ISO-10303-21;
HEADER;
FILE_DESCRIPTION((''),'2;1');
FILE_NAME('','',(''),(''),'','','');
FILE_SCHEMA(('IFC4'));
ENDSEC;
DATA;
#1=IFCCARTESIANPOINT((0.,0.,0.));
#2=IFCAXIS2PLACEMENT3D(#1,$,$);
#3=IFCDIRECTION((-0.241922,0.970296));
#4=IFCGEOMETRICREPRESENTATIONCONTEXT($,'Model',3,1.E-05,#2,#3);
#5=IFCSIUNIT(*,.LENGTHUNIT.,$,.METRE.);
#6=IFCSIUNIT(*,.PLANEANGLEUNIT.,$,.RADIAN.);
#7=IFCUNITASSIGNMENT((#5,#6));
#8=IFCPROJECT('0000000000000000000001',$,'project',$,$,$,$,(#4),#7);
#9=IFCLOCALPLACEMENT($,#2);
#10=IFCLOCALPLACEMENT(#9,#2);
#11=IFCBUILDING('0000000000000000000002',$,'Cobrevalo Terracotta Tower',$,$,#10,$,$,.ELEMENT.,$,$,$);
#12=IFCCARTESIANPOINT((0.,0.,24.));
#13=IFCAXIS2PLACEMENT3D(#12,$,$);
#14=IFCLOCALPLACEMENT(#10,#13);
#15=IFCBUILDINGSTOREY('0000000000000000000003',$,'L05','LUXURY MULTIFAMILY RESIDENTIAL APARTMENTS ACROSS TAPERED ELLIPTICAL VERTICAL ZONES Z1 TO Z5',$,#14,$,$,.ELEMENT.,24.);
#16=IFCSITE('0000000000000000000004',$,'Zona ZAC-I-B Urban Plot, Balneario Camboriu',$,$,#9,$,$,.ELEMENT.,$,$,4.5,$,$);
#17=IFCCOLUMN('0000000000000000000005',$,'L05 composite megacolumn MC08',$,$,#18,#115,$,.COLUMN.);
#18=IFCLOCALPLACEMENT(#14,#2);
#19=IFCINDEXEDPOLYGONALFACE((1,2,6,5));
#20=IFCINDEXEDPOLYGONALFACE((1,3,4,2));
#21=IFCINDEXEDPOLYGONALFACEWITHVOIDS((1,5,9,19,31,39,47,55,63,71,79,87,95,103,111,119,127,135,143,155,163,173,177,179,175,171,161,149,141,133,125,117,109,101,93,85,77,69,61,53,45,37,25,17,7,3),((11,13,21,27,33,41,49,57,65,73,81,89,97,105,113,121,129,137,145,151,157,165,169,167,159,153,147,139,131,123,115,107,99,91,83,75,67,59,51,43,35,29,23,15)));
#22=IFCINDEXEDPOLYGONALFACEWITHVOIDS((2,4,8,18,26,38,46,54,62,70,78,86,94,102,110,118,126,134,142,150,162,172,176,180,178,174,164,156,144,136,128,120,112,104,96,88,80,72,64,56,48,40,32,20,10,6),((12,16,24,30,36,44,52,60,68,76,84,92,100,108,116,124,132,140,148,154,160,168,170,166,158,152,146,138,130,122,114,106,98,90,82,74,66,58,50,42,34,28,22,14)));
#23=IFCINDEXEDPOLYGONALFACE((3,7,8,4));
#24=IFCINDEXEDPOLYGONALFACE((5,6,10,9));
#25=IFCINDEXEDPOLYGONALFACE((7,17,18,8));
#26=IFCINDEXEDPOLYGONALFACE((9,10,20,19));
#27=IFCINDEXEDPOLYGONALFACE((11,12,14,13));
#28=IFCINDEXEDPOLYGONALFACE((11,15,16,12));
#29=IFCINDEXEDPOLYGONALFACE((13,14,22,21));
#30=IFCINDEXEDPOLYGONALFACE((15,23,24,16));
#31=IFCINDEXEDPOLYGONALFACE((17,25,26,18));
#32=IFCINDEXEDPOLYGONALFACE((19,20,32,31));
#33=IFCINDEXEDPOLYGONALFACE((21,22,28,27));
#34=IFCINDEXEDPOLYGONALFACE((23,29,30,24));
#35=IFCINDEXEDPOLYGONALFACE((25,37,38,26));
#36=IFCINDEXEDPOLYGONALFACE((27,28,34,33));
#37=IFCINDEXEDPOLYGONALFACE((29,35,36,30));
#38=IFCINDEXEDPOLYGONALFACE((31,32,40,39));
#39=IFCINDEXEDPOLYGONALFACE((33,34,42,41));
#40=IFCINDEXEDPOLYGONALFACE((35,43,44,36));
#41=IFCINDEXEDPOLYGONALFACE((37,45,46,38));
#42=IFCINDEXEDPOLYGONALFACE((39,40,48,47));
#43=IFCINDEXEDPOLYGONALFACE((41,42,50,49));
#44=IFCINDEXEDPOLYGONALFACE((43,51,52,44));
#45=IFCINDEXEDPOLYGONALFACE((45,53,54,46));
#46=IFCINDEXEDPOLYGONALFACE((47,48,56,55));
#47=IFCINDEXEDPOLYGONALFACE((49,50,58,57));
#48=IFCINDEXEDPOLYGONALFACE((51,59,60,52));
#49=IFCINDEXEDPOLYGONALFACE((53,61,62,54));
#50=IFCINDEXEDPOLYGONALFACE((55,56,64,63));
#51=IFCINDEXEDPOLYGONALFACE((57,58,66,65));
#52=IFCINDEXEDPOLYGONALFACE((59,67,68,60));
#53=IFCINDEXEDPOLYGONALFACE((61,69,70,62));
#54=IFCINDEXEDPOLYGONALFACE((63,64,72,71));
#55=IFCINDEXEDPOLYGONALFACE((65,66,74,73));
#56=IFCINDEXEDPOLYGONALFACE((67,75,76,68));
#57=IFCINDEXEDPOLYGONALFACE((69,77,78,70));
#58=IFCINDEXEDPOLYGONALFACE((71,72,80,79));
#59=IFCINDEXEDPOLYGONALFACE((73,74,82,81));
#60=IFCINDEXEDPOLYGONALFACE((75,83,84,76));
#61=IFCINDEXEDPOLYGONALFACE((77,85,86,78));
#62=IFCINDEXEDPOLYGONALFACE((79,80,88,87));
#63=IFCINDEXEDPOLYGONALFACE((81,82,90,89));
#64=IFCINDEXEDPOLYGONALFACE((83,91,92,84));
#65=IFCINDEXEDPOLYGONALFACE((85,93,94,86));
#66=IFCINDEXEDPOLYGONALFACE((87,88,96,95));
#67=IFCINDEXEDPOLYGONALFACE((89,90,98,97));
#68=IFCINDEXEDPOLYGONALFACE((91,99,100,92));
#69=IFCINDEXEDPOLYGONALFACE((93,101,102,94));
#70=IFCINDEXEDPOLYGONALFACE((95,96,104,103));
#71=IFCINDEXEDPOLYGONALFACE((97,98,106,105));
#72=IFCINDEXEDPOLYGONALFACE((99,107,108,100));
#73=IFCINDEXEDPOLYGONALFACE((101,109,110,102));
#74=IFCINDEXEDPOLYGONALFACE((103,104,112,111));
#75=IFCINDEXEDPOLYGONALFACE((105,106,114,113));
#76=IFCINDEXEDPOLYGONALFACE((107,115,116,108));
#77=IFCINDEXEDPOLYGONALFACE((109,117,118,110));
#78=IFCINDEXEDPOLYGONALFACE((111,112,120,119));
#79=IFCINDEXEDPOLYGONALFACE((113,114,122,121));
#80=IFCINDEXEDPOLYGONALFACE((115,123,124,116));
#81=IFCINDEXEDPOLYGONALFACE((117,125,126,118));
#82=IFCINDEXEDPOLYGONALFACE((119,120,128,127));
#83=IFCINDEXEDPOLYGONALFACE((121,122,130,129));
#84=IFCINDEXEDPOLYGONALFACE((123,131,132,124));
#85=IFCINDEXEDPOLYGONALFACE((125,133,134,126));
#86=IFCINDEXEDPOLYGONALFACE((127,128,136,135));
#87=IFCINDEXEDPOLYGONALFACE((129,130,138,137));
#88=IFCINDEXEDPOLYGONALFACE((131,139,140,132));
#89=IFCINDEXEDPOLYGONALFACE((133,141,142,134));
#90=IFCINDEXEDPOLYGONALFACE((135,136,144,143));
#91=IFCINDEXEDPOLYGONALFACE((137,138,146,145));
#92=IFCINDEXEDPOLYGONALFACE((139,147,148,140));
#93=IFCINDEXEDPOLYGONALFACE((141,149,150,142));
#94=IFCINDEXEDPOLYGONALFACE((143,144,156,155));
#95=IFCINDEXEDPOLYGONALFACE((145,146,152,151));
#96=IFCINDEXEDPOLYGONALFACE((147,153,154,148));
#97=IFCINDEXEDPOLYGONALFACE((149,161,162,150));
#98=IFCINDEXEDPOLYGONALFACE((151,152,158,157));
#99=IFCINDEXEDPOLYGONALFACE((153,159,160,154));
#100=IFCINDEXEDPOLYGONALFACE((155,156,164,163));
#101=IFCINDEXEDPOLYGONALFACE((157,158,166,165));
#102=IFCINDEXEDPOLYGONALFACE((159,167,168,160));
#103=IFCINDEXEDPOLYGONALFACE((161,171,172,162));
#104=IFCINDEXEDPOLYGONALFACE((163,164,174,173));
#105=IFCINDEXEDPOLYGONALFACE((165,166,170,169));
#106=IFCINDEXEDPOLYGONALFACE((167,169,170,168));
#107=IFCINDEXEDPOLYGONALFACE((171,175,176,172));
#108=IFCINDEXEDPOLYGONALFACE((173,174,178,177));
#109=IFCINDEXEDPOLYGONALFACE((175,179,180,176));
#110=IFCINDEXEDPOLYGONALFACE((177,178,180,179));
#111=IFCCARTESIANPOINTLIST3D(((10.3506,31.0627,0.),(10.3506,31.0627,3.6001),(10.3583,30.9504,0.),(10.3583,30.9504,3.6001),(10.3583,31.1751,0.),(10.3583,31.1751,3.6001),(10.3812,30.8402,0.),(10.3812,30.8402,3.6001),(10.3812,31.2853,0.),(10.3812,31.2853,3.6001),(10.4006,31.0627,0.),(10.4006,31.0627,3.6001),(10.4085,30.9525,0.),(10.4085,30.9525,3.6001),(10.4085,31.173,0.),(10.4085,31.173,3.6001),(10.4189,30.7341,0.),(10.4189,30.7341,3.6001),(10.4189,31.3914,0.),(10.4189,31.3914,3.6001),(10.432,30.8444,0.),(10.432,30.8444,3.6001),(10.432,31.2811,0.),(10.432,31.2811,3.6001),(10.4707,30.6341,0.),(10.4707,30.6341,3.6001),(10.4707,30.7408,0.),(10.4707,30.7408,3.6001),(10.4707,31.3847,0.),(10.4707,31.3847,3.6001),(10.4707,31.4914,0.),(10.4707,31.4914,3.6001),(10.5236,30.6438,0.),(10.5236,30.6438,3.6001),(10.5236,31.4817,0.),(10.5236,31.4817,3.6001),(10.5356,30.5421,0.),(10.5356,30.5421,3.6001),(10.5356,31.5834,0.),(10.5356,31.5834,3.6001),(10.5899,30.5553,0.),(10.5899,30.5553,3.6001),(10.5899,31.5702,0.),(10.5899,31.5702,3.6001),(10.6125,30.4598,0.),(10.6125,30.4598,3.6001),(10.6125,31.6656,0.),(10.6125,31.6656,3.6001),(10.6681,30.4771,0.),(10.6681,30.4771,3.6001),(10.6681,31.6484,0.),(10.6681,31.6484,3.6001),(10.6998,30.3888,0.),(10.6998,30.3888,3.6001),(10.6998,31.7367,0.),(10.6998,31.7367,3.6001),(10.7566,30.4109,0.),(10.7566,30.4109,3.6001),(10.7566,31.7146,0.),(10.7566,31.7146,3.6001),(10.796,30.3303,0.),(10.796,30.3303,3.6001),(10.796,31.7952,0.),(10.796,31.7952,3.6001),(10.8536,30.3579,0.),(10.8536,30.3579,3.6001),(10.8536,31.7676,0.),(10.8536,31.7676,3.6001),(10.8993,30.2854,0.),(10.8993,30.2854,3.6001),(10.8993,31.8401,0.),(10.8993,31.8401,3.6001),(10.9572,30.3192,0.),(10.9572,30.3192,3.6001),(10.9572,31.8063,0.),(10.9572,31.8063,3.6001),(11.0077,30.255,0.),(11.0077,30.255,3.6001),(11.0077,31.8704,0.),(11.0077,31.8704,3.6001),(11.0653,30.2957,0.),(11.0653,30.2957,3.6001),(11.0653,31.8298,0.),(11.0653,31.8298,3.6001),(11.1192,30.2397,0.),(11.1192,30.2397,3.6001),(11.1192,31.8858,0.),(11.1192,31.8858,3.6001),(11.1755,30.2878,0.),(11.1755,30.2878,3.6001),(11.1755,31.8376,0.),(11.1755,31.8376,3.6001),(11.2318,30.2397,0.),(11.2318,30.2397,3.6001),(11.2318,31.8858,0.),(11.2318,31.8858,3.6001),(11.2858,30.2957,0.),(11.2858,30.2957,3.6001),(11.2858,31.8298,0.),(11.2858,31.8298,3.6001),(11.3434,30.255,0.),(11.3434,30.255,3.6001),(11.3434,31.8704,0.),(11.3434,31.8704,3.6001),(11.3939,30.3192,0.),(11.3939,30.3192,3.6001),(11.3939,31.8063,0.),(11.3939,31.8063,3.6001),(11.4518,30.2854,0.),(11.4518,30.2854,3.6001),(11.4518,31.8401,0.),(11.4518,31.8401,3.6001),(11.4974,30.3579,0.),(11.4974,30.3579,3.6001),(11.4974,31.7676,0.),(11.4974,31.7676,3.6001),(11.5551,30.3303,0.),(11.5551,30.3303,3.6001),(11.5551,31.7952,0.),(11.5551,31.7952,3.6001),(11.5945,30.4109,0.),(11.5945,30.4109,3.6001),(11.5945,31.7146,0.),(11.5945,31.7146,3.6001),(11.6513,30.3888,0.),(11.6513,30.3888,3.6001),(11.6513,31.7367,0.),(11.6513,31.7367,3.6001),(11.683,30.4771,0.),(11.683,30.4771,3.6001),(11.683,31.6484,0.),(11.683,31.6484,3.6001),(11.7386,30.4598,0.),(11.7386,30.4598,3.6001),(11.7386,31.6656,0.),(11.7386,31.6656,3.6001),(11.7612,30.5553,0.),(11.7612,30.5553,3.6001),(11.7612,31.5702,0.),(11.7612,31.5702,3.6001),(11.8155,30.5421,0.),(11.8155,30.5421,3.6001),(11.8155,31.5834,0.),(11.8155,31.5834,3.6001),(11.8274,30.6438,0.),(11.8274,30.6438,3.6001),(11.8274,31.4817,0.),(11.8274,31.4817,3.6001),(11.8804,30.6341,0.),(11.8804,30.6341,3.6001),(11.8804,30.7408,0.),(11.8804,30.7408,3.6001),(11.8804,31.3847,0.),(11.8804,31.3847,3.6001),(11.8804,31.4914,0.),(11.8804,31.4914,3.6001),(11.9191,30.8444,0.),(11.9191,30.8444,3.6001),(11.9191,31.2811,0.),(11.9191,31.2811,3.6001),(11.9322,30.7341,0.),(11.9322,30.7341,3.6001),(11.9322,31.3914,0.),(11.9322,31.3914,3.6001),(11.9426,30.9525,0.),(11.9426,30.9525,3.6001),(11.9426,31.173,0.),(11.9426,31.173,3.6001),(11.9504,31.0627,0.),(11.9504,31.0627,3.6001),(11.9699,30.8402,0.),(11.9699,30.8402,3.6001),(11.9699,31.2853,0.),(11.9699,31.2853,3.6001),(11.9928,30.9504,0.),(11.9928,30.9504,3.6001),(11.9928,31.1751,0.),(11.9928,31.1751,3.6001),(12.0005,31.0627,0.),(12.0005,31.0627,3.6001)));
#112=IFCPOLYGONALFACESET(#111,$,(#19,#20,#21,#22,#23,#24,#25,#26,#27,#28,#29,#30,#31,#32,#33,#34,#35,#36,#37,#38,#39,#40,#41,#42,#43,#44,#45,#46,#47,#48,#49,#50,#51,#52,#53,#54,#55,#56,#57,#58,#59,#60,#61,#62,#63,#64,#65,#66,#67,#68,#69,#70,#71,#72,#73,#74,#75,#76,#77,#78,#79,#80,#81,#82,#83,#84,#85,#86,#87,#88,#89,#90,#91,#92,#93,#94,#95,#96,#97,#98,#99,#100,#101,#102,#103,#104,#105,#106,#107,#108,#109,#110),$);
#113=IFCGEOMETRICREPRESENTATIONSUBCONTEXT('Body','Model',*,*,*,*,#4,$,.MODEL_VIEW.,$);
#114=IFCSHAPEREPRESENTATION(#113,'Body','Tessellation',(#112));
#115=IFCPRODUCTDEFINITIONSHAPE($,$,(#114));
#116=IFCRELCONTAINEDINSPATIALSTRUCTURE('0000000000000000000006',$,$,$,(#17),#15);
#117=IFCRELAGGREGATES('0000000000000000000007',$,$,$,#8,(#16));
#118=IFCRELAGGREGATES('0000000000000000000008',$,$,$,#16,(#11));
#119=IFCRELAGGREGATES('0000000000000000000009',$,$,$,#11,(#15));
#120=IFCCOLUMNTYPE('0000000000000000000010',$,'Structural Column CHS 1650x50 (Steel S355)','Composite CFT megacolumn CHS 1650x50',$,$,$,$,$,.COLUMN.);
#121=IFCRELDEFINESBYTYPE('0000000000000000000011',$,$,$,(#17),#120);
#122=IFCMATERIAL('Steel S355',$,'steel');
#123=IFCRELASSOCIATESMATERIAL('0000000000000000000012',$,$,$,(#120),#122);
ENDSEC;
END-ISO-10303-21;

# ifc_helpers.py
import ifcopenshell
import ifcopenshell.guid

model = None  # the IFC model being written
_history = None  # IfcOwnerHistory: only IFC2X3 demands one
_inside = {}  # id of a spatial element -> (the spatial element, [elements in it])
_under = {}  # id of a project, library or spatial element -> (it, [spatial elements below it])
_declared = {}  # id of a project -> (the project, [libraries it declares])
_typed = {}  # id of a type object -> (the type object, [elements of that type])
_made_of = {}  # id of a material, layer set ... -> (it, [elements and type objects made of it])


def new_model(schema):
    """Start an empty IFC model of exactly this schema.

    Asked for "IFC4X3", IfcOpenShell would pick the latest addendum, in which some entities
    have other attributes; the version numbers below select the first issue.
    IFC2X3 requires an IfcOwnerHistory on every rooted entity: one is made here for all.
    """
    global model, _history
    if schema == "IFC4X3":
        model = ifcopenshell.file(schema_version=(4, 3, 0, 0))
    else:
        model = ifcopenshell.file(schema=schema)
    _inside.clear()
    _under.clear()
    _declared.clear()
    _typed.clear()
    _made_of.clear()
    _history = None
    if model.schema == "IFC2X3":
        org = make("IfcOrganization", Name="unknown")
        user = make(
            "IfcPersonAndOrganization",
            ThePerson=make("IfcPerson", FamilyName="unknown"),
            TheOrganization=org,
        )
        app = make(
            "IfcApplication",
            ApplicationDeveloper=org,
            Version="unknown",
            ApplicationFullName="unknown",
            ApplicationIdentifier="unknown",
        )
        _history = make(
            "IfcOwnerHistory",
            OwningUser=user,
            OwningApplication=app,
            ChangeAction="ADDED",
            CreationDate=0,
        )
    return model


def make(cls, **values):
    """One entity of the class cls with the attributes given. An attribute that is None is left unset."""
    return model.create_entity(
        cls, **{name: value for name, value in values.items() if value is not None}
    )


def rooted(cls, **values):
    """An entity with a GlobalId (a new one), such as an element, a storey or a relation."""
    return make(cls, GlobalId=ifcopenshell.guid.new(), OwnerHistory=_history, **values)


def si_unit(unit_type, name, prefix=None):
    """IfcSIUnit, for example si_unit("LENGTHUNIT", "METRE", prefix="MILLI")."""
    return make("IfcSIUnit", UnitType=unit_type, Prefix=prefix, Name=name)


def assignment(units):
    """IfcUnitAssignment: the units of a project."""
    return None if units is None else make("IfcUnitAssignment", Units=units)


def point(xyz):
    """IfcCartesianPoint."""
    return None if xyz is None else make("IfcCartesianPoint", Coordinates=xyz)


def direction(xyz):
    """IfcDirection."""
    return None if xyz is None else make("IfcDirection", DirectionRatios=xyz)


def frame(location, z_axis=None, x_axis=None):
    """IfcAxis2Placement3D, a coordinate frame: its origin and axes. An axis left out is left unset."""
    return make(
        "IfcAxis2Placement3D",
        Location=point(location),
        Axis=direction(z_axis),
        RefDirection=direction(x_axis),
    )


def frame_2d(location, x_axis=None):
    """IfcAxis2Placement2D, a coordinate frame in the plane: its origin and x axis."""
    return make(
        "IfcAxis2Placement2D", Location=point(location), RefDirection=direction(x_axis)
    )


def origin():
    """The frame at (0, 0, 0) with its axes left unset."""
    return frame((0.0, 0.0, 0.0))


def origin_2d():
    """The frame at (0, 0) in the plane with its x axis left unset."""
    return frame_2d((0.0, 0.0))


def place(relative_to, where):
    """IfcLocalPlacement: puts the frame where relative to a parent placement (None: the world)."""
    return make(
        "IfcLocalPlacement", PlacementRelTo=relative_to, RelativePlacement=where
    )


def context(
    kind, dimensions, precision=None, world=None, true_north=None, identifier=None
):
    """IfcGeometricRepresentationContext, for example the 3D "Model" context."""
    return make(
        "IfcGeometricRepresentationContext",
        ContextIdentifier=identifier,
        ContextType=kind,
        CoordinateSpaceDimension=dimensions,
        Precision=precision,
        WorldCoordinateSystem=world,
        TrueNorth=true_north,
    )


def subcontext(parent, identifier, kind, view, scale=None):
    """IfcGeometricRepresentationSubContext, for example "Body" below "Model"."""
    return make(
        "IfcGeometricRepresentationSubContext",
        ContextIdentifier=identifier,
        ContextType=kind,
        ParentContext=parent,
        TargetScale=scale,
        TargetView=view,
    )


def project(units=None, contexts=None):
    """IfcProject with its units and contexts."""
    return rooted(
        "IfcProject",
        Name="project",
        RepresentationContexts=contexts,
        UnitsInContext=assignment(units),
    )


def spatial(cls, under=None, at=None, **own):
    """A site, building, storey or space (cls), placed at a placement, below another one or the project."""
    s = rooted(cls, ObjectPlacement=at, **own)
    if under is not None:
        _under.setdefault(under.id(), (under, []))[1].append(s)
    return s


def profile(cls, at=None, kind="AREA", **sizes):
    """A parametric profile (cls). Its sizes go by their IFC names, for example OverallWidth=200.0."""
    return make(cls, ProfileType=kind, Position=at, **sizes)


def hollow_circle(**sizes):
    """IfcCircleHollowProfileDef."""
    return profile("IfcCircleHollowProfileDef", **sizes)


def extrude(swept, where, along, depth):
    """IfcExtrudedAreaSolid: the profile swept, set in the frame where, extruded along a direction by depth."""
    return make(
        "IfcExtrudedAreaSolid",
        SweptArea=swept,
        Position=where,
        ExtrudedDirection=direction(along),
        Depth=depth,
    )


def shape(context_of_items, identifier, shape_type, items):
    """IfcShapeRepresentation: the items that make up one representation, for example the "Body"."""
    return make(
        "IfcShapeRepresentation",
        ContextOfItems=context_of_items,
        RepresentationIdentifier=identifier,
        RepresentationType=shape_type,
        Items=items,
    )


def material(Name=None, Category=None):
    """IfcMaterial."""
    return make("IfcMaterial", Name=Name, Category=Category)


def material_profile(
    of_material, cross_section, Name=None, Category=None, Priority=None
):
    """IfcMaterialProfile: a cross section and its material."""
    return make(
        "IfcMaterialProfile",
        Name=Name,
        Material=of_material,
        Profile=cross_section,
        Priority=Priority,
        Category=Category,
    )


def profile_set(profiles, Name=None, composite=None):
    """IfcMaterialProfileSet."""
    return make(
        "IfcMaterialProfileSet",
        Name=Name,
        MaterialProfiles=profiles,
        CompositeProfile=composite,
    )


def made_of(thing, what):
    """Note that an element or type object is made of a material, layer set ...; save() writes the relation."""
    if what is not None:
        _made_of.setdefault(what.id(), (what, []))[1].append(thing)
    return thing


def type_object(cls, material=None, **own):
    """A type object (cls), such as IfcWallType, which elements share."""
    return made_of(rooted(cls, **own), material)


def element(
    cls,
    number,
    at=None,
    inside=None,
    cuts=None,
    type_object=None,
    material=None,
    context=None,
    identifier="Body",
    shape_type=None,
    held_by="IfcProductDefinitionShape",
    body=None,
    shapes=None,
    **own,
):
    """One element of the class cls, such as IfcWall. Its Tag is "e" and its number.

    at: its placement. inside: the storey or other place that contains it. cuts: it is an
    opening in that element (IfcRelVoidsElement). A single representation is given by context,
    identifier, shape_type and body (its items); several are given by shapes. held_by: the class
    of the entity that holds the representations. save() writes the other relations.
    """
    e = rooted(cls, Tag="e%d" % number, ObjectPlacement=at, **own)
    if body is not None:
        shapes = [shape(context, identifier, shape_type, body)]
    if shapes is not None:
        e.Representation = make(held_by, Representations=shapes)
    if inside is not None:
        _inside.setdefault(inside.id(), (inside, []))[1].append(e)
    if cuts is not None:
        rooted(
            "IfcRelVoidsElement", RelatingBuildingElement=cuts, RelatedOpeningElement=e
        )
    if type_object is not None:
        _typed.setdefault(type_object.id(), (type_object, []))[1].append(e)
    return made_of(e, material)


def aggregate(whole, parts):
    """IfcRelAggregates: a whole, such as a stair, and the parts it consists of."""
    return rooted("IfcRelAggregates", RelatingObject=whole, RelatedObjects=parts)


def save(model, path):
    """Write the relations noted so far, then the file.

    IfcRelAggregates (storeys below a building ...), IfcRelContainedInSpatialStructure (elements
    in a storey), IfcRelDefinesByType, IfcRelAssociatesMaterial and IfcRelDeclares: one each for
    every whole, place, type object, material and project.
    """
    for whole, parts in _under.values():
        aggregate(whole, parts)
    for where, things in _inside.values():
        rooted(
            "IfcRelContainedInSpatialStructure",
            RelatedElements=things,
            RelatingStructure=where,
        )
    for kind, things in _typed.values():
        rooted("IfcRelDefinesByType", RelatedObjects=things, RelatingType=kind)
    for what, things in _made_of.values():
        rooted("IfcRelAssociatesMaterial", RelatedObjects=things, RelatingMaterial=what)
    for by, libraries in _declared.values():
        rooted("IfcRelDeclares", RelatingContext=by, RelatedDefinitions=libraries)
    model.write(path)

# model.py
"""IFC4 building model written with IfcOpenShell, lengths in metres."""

from ifc_helpers import new_model, si_unit, direction, frame, origin, origin_2d, place, context, subcontext, project, spatial, hollow_circle, extrude, material, material_profile, profile_set, type_object, element, save


model = new_model("IFC4")

# Units and contexts
model_context = context("Model", 3, precision=1e-05, world=origin(), true_north=direction((-0.241922, 0.970296)))
body_context = subcontext(model_context, "Body", "Model", "MODEL_VIEW")
ifc_project = project(units=[si_unit("LENGTHUNIT", "METRE"), si_unit("PLANEANGLEUNIT", "RADIAN")], contexts=[model_context])

# Site, building, storey
site_placement = place(None, origin())
site = spatial("IfcSite", under=ifc_project, at=site_placement, Name="Zona ZAC-I-B Urban Plot, Balneario Camboriu", CompositionType="ELEMENT", RefElevation=4.5)
building_placement = place(site_placement, origin())
building = spatial("IfcBuilding", under=site, at=building_placement, Name="Cobrevalo Terracotta Tower", CompositionType="ELEMENT")
storey_placement = place(building_placement, frame((0.0, 0.0, 24.0)))
storey = spatial("IfcBuildingStorey", under=building, at=storey_placement, Name="L05", Description="LUXURY MULTIFAMILY RESIDENTIAL APARTMENTS ACROSS TAPERED ELLIPTICAL VERTICAL ZONES Z1 TO Z5", CompositionType="ELEMENT", Elevation=24.0)

# Column
ifc_material_1 = material(Name="Steel S355", Category="steel")
ifc_material_profile_1 = material_profile(ifc_material_1, hollow_circle(Radius=0.825, WallThickness=0.05, at=origin_2d()), Name="CHS 1650x50")
ifc_profile_set_1 = profile_set([ifc_material_profile_1], Name="Steel S355")
column_type = type_object("IfcColumnType", Name="Structural Column CHS 1650x50 (Steel S355)", Description="Composite CFT megacolumn CHS 1650x50", PredefinedType="COLUMN", material=ifc_profile_set_1)
for number, where, z_axis, x_axis, name in (
    (1, (11.1755, 31.0627, 0.0), (0.0, 0.0, 1.0), (1.0, 0.0, 0.0), "L05 composite megacolumn MC08"),
):
    element("IfcColumn", number, at=place(storey_placement, frame(where, z_axis=z_axis, x_axis=x_axis)), inside=storey, type_object=column_type, Name=name, PredefinedType="COLUMN", context=body_context, shape_type="SweptSolid", body=[
        extrude(hollow_circle(Radius=0.825, WallThickness=0.05, at=origin_2d()), origin(), (0.0, 0.0, 1.0), 3.6001),
    ])

save(model, "model.ifc")
